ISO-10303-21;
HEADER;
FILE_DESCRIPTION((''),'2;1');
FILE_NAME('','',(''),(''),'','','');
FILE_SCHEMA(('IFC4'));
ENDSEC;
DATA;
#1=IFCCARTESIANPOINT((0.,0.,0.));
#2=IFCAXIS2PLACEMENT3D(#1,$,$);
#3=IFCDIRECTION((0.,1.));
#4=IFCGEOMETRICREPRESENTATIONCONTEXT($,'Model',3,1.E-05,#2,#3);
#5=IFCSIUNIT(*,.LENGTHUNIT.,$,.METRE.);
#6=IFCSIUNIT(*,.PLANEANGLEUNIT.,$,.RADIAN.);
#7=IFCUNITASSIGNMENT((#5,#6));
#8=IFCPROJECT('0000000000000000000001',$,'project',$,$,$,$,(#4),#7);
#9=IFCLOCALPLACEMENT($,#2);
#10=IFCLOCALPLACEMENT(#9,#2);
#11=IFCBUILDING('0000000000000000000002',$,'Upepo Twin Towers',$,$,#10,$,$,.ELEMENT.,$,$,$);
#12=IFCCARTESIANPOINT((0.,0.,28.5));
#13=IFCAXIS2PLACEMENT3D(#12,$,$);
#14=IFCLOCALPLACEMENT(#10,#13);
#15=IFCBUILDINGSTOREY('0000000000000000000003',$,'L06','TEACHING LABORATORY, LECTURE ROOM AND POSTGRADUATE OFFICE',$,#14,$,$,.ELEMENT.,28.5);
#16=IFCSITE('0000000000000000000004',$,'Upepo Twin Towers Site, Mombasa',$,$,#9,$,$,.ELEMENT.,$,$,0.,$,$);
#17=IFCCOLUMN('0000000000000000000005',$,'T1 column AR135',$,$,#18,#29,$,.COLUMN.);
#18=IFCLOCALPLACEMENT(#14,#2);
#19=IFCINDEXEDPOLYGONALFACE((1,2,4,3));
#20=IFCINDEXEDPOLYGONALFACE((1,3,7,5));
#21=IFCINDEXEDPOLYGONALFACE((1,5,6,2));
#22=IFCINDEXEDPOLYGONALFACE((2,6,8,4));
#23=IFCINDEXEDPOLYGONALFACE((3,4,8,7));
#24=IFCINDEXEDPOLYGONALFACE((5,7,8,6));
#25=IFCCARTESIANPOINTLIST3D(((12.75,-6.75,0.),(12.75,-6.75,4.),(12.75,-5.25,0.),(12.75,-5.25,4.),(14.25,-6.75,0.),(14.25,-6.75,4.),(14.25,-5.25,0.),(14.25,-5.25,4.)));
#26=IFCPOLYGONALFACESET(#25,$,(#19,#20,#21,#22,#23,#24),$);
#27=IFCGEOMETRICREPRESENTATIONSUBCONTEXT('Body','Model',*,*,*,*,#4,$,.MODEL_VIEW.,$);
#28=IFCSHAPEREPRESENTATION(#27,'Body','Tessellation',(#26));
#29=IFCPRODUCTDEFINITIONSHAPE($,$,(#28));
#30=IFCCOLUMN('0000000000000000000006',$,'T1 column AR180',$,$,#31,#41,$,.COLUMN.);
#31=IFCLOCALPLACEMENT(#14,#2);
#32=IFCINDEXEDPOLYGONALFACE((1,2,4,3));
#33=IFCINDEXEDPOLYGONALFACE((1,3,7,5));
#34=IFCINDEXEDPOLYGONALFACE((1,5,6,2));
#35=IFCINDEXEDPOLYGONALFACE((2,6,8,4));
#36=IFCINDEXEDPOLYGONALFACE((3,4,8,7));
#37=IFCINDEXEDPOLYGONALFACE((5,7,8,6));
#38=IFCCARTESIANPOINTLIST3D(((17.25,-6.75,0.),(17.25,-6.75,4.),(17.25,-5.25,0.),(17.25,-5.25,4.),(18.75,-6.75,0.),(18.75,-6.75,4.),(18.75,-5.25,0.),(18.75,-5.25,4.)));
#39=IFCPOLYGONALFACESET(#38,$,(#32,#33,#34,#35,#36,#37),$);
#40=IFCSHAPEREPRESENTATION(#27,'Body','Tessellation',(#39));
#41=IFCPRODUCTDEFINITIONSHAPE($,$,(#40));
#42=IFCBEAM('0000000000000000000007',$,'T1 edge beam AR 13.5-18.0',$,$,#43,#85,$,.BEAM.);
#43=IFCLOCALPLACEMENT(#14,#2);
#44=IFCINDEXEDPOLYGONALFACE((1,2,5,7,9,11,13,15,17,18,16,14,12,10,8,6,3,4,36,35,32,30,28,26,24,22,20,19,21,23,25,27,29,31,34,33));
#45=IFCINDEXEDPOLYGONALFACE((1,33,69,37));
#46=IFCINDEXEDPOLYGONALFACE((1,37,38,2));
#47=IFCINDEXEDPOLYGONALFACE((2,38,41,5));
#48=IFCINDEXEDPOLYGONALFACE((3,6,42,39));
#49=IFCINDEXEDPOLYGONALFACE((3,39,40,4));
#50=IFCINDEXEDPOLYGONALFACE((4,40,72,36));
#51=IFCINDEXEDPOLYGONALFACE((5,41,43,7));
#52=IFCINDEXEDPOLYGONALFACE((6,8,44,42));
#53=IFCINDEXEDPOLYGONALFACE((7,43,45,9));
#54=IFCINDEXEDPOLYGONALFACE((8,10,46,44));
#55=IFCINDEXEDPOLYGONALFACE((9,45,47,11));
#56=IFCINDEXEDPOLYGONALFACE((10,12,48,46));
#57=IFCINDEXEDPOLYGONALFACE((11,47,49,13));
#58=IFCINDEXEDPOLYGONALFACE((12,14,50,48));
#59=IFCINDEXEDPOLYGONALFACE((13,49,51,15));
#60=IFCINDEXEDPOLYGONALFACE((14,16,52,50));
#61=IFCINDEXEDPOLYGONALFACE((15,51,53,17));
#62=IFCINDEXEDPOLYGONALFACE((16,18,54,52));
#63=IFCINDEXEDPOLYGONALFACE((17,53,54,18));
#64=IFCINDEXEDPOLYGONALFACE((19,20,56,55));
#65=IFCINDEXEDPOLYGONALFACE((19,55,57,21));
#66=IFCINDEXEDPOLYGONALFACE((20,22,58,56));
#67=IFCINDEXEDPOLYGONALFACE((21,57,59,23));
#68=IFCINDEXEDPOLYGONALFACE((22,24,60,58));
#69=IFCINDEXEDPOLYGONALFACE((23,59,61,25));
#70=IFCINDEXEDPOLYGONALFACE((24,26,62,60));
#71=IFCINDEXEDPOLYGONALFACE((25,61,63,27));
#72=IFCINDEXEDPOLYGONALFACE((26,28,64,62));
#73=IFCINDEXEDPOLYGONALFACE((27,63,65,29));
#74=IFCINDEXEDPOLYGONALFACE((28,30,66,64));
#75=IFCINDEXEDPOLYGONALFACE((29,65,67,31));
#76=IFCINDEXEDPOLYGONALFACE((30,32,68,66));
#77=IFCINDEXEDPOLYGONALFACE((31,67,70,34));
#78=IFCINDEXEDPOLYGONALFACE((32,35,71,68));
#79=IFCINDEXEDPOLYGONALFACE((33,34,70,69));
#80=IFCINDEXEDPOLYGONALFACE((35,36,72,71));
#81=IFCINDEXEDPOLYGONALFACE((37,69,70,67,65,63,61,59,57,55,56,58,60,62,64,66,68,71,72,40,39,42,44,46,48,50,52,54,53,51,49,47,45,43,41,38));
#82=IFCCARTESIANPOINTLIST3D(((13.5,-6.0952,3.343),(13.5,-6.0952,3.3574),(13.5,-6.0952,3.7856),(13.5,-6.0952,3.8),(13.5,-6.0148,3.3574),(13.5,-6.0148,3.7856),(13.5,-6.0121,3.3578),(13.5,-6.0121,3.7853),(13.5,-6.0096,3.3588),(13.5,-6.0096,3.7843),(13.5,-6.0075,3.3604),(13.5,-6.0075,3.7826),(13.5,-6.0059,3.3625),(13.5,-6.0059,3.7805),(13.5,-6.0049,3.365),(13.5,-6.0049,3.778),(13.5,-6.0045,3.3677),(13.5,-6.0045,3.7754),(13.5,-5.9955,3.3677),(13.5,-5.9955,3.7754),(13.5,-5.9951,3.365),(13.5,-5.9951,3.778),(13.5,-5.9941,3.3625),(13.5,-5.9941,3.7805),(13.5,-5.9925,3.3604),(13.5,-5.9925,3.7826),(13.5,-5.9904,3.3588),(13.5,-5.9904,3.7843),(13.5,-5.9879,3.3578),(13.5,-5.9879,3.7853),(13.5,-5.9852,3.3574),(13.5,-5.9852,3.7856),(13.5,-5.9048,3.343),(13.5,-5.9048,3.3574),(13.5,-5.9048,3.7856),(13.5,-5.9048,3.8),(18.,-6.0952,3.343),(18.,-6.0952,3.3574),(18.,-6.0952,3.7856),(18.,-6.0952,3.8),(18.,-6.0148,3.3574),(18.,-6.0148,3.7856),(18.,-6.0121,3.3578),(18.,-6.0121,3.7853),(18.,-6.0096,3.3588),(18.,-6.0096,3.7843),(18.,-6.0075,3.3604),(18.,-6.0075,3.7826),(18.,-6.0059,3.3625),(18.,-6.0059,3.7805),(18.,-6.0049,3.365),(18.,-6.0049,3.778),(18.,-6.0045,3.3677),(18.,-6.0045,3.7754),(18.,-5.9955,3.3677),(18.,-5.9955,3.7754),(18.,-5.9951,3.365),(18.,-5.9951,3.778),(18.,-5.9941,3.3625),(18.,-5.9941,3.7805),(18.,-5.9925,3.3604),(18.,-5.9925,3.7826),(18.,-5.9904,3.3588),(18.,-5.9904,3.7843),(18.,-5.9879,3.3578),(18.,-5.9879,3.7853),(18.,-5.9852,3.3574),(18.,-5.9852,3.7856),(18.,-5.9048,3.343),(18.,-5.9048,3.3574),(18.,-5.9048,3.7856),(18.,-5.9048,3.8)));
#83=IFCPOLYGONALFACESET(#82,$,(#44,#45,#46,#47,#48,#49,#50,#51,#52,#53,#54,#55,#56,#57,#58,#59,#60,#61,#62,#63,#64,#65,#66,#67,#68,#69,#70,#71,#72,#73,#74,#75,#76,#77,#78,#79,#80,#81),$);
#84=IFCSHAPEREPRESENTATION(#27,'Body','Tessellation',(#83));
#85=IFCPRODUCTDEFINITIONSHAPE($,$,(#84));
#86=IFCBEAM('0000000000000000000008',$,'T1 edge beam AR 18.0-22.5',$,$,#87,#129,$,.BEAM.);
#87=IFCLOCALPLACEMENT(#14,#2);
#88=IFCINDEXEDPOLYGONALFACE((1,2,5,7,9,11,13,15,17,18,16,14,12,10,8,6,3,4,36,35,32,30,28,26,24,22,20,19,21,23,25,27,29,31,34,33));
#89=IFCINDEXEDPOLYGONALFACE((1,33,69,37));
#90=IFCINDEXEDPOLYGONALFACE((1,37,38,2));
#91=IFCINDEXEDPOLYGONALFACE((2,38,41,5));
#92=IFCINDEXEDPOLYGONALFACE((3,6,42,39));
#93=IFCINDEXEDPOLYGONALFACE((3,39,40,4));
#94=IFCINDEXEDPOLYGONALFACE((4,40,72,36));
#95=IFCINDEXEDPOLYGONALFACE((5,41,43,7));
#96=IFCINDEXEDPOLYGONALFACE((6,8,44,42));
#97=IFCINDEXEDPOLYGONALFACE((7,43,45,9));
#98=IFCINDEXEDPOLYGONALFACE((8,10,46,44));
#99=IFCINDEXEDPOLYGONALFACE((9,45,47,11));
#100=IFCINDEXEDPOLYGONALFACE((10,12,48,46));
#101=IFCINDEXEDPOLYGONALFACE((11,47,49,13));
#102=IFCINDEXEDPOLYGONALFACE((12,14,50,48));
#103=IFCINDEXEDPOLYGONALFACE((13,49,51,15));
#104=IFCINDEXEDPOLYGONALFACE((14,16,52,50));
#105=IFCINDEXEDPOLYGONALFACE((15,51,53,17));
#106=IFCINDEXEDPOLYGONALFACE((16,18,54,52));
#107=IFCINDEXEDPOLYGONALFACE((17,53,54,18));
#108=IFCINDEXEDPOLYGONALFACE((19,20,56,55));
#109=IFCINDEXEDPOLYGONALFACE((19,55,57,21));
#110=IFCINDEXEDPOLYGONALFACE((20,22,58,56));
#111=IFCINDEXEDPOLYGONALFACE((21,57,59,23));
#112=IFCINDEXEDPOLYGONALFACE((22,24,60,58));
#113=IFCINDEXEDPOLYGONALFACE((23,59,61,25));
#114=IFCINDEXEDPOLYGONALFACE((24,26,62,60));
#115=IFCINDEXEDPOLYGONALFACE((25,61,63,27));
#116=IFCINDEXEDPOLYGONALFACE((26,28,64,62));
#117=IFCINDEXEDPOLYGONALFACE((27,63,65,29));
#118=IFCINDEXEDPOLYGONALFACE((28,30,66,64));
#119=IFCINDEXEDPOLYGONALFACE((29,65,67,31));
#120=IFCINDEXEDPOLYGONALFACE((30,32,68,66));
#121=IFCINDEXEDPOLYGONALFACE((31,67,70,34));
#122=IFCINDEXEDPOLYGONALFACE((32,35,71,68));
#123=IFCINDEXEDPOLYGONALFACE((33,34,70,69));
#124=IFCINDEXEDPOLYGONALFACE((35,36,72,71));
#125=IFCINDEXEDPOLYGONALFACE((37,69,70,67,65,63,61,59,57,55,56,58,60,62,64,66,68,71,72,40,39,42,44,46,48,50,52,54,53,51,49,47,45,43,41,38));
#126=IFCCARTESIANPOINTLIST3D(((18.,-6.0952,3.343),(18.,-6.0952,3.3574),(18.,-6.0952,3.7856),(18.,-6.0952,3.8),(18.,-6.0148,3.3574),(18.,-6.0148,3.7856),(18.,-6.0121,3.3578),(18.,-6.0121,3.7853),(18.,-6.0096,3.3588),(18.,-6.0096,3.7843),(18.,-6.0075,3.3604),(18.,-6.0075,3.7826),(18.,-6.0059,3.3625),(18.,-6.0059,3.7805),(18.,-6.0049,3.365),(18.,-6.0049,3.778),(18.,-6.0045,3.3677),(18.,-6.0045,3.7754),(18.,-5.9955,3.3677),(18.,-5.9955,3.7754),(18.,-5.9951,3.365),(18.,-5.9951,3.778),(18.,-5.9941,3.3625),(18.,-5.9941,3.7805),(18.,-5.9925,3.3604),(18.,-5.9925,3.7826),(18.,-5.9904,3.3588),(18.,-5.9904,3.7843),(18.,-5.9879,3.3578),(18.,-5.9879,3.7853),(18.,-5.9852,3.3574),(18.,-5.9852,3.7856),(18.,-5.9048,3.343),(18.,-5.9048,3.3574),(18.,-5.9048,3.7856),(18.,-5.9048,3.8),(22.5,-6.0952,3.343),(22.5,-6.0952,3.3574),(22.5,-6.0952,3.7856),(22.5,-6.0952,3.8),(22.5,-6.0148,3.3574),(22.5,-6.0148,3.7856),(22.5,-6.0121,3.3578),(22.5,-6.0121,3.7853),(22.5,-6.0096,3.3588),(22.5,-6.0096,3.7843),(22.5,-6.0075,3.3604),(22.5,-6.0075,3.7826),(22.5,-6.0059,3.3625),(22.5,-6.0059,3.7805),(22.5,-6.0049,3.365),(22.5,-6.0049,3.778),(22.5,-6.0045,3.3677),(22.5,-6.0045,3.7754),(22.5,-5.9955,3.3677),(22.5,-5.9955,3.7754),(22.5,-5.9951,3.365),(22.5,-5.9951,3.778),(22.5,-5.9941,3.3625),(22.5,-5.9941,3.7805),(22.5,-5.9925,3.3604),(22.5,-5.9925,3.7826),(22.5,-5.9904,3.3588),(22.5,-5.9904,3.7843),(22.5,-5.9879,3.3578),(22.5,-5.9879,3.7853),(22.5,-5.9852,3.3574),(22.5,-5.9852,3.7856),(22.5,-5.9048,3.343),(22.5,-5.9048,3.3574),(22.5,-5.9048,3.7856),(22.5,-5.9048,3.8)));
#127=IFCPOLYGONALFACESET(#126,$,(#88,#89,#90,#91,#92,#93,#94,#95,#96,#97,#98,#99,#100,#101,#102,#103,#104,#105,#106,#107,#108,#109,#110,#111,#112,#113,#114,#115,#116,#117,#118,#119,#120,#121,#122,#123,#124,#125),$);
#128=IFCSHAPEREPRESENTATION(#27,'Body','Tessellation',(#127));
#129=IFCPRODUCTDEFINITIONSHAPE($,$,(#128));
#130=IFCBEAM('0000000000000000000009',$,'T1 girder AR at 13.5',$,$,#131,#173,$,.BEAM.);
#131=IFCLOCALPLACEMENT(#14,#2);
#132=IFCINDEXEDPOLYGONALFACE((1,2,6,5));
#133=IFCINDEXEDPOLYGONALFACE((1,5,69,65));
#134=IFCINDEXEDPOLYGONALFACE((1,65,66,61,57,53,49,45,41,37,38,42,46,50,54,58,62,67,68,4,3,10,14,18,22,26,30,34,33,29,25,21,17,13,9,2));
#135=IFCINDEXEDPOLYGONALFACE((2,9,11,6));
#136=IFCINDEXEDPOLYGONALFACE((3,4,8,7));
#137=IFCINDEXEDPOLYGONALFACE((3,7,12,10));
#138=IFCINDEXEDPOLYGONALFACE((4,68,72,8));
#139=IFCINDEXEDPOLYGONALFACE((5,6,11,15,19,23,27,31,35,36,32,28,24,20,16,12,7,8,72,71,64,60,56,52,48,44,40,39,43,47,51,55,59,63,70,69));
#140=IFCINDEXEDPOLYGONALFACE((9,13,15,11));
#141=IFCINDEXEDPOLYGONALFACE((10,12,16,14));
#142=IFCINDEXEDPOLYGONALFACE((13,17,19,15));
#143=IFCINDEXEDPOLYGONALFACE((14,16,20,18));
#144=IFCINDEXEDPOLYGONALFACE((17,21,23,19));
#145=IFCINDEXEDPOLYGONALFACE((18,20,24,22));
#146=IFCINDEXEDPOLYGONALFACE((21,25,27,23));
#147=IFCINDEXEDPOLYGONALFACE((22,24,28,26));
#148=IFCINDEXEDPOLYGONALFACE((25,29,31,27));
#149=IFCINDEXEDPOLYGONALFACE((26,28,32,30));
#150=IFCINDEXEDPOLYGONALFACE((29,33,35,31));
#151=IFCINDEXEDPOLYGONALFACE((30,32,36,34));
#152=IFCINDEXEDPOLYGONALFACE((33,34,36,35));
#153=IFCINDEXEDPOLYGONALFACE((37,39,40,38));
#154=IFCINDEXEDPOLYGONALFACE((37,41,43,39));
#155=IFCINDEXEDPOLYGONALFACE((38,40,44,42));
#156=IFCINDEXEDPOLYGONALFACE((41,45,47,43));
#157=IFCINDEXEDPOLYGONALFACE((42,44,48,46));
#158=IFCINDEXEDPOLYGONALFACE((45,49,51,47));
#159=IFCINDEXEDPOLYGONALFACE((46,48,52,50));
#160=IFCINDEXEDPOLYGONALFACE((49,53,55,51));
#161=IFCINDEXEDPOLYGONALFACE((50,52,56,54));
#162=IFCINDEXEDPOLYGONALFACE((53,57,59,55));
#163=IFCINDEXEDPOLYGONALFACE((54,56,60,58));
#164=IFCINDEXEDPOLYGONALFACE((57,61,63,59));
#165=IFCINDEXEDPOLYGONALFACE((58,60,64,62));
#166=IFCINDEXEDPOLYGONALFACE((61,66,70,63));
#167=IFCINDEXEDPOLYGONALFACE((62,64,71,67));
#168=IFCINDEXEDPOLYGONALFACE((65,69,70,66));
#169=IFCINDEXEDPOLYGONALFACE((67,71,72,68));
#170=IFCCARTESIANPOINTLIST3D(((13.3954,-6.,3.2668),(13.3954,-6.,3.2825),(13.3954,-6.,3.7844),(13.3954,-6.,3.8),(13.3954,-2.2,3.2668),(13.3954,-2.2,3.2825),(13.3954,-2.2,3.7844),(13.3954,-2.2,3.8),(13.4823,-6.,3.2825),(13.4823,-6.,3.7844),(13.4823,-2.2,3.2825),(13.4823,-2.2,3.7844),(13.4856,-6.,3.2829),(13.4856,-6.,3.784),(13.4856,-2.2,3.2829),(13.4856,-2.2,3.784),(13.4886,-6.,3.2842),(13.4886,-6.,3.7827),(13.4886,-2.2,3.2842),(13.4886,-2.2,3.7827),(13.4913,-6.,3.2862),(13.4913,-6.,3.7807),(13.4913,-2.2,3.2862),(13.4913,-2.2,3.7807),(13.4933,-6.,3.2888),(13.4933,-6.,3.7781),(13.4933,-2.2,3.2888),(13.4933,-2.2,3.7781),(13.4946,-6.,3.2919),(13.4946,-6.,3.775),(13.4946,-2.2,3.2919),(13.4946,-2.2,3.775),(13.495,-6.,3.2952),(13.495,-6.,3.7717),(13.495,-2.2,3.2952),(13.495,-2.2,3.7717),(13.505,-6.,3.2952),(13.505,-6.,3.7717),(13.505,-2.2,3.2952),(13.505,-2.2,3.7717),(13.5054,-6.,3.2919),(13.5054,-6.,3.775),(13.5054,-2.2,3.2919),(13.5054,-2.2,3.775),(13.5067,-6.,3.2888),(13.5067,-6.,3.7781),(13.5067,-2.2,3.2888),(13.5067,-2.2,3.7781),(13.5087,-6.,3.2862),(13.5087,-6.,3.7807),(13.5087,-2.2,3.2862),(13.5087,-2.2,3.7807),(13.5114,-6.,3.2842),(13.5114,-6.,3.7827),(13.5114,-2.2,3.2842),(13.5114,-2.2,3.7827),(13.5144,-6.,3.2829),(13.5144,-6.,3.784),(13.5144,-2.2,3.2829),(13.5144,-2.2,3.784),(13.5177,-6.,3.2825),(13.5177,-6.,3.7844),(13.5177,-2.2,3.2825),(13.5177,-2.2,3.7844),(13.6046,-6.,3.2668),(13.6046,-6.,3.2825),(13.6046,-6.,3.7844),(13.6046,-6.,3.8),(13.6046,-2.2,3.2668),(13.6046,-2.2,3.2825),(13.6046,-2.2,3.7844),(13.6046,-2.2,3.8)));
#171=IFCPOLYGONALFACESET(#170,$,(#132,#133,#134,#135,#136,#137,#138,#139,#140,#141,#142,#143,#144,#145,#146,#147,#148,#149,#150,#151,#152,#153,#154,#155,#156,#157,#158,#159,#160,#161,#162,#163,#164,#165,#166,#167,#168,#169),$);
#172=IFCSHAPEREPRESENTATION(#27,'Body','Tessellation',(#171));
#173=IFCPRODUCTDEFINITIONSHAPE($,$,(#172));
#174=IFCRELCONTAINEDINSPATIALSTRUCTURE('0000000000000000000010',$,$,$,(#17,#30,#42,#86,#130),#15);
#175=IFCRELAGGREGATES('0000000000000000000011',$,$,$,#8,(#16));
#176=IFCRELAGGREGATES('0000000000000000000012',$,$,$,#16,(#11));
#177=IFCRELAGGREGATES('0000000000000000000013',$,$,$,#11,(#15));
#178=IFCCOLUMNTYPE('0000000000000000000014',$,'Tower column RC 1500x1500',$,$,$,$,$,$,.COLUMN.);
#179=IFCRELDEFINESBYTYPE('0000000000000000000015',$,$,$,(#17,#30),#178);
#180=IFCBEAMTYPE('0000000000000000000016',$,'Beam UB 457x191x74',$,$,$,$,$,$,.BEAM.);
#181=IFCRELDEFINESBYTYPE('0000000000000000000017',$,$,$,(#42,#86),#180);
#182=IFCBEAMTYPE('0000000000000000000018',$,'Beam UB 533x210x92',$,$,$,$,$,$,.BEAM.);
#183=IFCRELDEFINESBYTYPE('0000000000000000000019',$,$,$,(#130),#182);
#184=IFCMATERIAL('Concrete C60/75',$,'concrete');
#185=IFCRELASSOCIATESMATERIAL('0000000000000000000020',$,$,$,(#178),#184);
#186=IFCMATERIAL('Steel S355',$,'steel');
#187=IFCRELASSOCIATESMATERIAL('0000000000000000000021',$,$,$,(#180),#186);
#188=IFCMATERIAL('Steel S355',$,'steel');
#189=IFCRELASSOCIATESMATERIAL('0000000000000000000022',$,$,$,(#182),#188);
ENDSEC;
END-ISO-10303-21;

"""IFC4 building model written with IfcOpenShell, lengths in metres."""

from ifc_helpers import new_model, si_unit, direction, frame, origin, origin_2d, place, context, subcontext, project, spatial, rectangle, i_section, extrude, material, material_profile, profile_set, type_object, element, save


model = new_model("IFC4")

# Units and contexts
model_context = context("Model", 3, precision=1e-05, world=origin(), true_north=direction((0.0, 1.0)))
body_context = subcontext(model_context, "Body", "Model", "MODEL_VIEW")
ifc_project = project(units=[si_unit("LENGTHUNIT", "METRE"), si_unit("PLANEANGLEUNIT", "RADIAN")], contexts=[model_context])

# Site, building, storey
site_placement = place(None, origin())
site = spatial("IfcSite", under=ifc_project, at=site_placement, Name="Upepo Twin Towers Site, Mombasa", CompositionType="ELEMENT", RefElevation=0.0)
building_placement = place(site_placement, origin())
building = spatial("IfcBuilding", under=site, at=building_placement, Name="Upepo Twin Towers", CompositionType="ELEMENT")
storey_placement = place(building_placement, frame((0.0, 0.0, 28.5)))
storey = spatial("IfcBuildingStorey", under=building, at=storey_placement, Name="L06", Description="TEACHING LABORATORY, LECTURE ROOM AND POSTGRADUATE OFFICE", CompositionType="ELEMENT", Elevation=28.5)

# Columns
ifc_material_1 = material(Name="Concrete C60/75", Category="concrete")
ifc_material_profile_1 = material_profile(ifc_material_1, rectangle(XDim=1.5, YDim=1.5, at=origin_2d()), Name="RC 1500x1500")
ifc_profile_set_1 = profile_set([ifc_material_profile_1], Name="Concrete C60/75")
column_type = type_object("IfcColumnType", Name="Tower column RC 1500x1500", PredefinedType="COLUMN", material=ifc_profile_set_1)
for number, where, z_axis, x_axis, name in (
    (1, (13.5, -6.0, 0.0), (0.0, 0.0, 1.0), (1.0, 0.0, 0.0), "T1 column AR135"),
    (2, (18.0, -6.0, 0.0), (0.0, 0.0, 1.0), (1.0, 0.0, 0.0), "T1 column AR180"),
):
    element("IfcColumn", number, at=place(storey_placement, frame(where, z_axis=z_axis, x_axis=x_axis)), inside=storey, type_object=column_type, Name=name, PredefinedType="COLUMN", context=body_context, shape_type="SweptSolid", body=[
        extrude(rectangle(XDim=1.5, YDim=1.5, at=origin_2d()), origin(), (0.0, 0.0, 1.0), 4.0),
    ])

# Beams
ifc_material_2 = material(Name="Steel S355", Category="steel")
ifc_material_profile_2 = material_profile(ifc_material_2, i_section(OverallWidth=0.1904, OverallDepth=0.457, WebThickness=0.009, FlangeThickness=0.0144, FilletRadius=0.0103, at=origin_2d()), Name="UB 457x191x74")
ifc_profile_set_2 = profile_set([ifc_material_profile_2], Name="Steel S355")
beam_type_1 = type_object("IfcBeamType", Name="Beam UB 457x191x74", PredefinedType="BEAM", material=ifc_profile_set_2)
for number, where, z_axis, x_axis, name in (
    (3, (13.5, -6.0, 3.5715), (1.0, 0.0, 0.0), (0.0, 1.0, 0.0), "T1 edge beam AR 13.5-18.0"),
    (4, (18.0, -6.0, 3.5715), (1.0, 0.0, 0.0), (0.0, 1.0, 0.0), "T1 edge beam AR 18.0-22.5"),
):
    element("IfcBeam", number, at=place(storey_placement, frame(where, z_axis=z_axis, x_axis=x_axis)), inside=storey, type_object=beam_type_1, Name=name, PredefinedType="BEAM", context=body_context, shape_type="SweptSolid", body=[
        extrude(i_section(OverallWidth=0.1904, OverallDepth=0.457, WebThickness=0.009, FlangeThickness=0.0144, FilletRadius=0.0103, at=origin_2d()), origin(), (0.0, 0.0, 1.0), 4.5),
    ])
ifc_material_3 = material(Name="Steel S355", Category="steel")
ifc_material_profile_3 = material_profile(ifc_material_3, i_section(OverallWidth=0.2092, OverallDepth=0.5332, WebThickness=0.01, FlangeThickness=0.0156, FilletRadius=0.0127, at=origin_2d()), Name="UB 533x210x92")
ifc_profile_set_3 = profile_set([ifc_material_profile_3], Name="Steel S355")
beam_type_2 = type_object("IfcBeamType", Name="Beam UB 533x210x92", PredefinedType="BEAM", material=ifc_profile_set_3)
for number, where, z_axis, x_axis, name in (
    (5, (13.5, -6.0, 3.5334), (0.0, 1.0, 0.0), (-1.0, 0.0, 0.0), "T1 girder AR at 13.5"),
):
    element("IfcBeam", number, at=place(storey_placement, frame(where, z_axis=z_axis, x_axis=x_axis)), inside=storey, type_object=beam_type_2, Name=name, PredefinedType="BEAM", context=body_context, shape_type="SweptSolid", body=[
        extrude(i_section(OverallWidth=0.2092, OverallDepth=0.5332, WebThickness=0.01, FlangeThickness=0.0156, FilletRadius=0.0127, at=origin_2d()), origin(), (0.0, 0.0, 1.0), 3.8),
    ])

save(model, "model.ifc")
